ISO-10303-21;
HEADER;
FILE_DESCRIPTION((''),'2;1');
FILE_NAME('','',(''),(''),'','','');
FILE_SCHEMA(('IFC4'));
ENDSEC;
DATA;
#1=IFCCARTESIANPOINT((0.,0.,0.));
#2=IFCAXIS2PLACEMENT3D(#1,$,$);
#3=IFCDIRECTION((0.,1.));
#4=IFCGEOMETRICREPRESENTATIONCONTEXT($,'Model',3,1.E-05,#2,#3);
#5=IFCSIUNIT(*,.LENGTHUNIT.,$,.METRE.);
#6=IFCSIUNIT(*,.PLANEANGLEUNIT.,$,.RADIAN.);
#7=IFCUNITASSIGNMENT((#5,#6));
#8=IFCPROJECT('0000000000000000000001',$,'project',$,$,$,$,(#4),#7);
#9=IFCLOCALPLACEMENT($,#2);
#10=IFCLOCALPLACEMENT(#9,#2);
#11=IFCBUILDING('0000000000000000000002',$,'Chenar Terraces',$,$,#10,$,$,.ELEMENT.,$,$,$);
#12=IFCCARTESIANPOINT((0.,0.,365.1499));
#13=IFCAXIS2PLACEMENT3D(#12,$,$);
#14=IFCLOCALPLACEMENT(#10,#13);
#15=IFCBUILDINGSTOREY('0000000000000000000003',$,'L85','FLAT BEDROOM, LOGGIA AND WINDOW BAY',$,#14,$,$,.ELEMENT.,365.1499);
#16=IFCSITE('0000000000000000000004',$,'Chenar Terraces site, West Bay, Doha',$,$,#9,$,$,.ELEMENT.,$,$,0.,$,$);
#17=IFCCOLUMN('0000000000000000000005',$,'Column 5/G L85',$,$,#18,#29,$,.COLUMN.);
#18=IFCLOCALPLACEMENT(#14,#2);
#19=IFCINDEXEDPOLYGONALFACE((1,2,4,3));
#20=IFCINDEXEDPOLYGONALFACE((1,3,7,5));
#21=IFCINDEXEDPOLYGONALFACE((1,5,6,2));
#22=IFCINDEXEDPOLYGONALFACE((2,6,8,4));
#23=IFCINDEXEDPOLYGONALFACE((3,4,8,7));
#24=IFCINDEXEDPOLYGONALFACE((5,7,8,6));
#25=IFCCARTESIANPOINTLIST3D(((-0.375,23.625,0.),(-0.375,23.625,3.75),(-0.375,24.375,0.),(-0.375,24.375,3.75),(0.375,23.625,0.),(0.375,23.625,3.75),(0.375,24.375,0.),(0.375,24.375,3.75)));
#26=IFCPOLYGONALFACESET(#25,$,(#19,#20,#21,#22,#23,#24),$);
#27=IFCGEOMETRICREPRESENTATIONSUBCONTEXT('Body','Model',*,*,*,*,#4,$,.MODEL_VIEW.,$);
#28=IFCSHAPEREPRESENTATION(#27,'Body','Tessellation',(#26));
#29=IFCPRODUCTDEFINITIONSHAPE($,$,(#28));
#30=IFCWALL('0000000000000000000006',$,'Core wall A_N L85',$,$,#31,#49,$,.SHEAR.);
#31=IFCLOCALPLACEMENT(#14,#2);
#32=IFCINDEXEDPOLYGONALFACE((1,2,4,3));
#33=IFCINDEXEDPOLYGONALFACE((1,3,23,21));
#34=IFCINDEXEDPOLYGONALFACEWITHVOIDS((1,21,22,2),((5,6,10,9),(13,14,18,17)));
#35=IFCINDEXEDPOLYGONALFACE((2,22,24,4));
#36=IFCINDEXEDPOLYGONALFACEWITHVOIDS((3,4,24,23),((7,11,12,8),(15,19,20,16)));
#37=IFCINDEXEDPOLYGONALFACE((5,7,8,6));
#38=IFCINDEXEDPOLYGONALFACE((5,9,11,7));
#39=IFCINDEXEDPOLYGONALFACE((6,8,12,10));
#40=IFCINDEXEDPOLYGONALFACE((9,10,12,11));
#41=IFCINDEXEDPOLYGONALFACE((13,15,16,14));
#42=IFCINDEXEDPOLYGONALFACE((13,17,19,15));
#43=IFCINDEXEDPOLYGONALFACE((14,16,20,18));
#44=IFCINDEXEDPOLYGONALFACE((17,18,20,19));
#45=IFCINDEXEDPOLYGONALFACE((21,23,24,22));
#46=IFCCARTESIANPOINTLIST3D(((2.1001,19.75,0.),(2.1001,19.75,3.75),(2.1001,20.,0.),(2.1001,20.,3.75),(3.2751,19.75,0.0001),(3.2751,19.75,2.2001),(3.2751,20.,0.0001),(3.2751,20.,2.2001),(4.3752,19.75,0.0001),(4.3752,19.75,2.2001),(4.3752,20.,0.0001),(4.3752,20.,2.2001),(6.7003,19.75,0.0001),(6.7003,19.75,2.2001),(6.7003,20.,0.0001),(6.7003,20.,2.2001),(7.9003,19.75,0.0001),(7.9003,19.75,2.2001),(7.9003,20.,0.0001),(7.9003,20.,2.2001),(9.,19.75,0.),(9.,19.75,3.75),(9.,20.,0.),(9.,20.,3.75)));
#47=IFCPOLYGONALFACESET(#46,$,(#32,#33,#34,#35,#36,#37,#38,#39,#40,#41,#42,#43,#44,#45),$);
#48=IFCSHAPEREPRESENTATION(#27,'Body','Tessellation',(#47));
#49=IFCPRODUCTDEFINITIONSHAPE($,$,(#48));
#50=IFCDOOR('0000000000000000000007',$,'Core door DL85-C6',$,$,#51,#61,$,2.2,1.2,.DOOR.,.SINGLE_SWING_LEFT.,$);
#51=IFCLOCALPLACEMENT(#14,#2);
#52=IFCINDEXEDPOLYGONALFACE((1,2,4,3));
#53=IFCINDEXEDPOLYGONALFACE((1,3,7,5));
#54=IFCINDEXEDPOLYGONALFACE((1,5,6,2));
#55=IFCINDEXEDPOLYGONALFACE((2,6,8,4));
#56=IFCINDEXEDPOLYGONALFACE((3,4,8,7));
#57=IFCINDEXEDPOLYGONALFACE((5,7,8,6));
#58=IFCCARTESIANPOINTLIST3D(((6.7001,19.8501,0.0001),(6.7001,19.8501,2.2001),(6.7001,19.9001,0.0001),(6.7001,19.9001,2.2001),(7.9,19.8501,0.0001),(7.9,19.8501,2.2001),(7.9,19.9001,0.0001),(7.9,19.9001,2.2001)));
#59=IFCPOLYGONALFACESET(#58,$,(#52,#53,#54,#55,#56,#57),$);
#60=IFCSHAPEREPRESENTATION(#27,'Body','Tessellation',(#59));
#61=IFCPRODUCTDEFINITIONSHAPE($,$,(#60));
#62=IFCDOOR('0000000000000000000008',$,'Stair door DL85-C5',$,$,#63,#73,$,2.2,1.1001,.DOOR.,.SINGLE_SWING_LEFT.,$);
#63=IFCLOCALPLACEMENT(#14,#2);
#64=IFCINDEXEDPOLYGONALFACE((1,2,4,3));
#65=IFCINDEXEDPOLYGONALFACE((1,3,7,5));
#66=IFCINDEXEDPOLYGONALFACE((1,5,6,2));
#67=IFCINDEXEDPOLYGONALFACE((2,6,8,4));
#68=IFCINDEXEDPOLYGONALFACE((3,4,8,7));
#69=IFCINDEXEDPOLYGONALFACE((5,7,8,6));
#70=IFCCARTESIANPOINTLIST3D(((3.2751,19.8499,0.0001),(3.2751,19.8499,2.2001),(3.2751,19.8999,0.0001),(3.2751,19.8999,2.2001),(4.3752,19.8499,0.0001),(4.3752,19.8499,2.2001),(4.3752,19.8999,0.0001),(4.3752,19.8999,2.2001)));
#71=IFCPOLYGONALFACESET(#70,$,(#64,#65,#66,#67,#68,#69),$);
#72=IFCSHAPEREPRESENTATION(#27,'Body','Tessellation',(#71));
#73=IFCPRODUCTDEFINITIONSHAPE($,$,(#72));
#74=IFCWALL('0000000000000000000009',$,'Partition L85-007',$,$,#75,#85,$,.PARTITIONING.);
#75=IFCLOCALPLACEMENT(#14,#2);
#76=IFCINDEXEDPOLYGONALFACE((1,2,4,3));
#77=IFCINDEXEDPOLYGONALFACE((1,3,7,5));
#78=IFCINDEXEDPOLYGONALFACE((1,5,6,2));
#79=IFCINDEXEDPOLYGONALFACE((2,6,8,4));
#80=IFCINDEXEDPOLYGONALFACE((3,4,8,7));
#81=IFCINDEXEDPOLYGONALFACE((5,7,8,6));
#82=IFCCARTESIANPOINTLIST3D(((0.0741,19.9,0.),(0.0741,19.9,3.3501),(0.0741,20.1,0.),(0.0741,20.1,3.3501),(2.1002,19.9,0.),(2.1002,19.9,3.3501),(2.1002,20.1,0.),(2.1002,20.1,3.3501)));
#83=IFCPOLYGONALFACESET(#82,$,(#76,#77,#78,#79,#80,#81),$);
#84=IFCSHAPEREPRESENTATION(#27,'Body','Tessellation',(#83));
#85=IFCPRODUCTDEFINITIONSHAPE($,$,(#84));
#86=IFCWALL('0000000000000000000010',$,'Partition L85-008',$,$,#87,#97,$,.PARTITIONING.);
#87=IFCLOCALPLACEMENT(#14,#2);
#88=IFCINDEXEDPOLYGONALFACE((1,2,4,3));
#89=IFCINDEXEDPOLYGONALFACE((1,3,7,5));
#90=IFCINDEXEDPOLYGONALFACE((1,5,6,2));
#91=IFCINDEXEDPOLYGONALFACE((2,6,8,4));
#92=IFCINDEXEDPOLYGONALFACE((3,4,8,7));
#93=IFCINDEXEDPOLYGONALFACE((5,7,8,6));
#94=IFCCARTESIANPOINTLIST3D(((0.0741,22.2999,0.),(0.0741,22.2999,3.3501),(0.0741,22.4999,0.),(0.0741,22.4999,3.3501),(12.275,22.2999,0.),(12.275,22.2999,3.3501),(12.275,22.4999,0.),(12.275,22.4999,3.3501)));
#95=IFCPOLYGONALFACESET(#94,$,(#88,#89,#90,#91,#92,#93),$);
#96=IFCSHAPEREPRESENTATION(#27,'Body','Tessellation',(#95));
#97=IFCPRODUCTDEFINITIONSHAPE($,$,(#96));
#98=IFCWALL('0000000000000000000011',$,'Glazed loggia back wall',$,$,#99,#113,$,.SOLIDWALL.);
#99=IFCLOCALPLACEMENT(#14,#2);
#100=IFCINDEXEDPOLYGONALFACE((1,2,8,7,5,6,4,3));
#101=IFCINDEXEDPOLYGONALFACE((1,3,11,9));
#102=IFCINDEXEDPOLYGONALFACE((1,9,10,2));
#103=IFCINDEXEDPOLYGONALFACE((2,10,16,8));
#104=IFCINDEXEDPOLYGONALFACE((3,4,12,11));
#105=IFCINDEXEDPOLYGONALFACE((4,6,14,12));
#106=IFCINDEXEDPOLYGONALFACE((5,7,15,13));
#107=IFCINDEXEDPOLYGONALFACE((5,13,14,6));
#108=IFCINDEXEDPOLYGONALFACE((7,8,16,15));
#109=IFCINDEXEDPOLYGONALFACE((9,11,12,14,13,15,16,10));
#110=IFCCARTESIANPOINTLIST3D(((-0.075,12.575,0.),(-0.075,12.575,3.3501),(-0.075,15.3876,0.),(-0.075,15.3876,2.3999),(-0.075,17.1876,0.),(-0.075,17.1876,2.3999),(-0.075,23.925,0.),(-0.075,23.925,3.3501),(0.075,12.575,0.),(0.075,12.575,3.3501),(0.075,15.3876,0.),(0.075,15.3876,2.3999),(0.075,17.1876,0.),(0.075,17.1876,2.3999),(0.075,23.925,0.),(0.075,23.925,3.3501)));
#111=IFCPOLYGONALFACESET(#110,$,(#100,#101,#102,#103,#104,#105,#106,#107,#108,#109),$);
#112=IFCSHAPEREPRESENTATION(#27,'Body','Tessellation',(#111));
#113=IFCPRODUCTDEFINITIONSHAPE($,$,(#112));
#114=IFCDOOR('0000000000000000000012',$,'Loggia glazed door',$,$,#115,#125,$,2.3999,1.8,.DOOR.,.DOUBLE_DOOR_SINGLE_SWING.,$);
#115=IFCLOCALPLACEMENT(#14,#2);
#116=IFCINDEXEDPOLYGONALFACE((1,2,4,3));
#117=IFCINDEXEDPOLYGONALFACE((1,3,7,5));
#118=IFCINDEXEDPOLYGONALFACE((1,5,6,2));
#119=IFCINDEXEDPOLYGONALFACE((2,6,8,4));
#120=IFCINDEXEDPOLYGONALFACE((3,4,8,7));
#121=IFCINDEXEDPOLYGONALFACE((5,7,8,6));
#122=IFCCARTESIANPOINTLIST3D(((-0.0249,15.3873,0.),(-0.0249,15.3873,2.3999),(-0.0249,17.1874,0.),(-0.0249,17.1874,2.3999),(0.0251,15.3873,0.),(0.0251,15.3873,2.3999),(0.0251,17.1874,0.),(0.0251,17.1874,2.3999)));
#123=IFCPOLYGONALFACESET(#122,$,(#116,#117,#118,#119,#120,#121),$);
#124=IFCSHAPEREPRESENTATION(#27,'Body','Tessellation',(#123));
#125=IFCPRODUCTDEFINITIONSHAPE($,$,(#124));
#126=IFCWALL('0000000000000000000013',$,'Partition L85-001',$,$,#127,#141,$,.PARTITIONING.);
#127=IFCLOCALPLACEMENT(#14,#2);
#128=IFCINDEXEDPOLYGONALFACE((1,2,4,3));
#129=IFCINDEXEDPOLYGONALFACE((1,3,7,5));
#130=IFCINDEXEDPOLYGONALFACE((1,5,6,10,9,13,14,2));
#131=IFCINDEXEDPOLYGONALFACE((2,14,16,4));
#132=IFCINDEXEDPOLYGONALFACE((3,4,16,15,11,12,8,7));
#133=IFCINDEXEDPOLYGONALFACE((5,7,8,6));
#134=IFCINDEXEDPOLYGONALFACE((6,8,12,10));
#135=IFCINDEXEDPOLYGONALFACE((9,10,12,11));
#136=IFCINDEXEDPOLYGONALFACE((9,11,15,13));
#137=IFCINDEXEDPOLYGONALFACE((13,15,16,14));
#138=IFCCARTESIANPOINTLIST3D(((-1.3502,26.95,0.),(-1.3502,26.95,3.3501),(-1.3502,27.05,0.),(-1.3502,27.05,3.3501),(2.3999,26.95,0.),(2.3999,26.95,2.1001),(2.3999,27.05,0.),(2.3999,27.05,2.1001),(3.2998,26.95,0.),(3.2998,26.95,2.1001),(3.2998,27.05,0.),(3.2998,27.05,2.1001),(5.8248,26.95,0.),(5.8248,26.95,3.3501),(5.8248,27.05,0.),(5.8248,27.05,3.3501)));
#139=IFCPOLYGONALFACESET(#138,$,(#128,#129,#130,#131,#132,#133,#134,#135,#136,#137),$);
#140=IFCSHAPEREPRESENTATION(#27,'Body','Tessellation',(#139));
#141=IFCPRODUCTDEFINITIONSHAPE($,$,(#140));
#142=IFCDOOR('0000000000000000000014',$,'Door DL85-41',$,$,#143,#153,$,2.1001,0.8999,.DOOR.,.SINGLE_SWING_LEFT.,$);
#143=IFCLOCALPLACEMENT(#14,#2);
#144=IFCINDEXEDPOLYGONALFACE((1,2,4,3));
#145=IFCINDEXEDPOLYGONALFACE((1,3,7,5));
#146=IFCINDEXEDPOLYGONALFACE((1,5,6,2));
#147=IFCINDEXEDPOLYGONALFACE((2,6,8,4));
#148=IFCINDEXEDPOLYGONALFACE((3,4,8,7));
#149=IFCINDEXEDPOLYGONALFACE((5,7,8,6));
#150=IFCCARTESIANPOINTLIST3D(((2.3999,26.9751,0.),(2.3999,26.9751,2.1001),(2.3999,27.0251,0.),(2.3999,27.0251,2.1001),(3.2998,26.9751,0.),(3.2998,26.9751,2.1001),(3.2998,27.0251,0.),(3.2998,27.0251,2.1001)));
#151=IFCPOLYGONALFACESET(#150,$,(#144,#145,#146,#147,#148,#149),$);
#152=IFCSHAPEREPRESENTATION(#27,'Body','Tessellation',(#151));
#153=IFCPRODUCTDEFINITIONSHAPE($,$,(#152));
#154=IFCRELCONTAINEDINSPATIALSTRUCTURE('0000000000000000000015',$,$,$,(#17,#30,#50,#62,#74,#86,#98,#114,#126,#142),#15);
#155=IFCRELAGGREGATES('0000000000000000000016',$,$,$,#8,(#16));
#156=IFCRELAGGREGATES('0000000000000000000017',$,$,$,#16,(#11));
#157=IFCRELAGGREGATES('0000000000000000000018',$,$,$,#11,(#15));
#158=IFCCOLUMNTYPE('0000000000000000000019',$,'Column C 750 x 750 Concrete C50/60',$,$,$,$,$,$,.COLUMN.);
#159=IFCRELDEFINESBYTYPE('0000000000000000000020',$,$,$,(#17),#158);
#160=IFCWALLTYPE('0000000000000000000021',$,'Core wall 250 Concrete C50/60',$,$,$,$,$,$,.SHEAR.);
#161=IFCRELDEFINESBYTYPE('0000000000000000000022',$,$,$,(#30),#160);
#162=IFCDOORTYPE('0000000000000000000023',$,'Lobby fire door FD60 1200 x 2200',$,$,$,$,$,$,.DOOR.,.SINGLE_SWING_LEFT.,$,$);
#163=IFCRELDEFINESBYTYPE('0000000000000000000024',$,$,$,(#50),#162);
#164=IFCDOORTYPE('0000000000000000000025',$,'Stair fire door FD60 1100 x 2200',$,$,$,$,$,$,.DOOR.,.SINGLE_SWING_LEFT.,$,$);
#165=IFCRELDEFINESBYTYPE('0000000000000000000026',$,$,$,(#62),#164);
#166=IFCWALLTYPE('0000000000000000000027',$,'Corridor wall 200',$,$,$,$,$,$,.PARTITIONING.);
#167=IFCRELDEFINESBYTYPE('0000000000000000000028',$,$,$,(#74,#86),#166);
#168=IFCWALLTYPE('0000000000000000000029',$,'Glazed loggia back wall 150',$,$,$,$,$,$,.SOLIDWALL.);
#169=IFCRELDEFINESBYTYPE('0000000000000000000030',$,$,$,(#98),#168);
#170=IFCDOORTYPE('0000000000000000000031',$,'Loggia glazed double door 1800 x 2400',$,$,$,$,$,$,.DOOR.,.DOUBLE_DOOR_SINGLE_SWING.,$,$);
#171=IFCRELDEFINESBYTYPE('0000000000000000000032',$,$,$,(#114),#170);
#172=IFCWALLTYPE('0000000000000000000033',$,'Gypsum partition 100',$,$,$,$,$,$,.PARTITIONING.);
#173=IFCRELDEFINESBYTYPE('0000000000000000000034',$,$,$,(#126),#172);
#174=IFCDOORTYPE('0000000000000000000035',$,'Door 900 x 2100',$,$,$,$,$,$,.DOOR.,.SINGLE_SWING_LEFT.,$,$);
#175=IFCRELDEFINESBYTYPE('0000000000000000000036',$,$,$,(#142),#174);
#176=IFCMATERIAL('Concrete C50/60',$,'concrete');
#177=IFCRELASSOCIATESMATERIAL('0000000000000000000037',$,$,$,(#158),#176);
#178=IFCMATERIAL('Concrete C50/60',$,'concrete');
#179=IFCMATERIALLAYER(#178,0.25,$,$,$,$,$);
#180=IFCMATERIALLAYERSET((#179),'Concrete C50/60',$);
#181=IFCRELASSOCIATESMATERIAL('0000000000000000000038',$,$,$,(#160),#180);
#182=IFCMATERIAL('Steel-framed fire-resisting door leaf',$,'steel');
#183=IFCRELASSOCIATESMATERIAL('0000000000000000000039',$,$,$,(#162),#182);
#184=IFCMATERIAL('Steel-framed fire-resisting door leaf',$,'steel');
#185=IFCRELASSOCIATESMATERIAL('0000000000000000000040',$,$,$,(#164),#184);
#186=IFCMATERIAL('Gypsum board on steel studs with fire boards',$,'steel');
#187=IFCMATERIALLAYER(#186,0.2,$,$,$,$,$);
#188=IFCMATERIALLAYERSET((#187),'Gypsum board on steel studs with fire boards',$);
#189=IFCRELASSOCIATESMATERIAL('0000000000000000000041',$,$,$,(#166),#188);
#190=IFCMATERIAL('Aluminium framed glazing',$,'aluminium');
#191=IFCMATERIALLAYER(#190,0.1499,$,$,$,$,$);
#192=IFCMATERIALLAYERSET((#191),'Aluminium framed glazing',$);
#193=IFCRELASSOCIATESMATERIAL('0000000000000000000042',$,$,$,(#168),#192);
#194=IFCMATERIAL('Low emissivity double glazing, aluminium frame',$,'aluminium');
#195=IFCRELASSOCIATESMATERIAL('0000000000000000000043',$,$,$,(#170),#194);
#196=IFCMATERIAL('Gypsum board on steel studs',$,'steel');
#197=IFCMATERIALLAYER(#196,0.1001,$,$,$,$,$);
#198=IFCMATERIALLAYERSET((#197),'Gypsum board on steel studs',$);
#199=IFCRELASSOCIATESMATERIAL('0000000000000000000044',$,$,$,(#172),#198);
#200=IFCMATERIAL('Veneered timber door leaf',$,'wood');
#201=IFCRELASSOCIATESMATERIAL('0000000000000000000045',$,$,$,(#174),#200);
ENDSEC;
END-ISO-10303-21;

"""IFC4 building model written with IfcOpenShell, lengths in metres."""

from ifc_helpers import new_model, si_unit, direction, frame, frame_2d, origin, origin_2d, place, context, subcontext, project, spatial, rectangle, extrude, material, layer, layer_set, material_profile, profile_set, type_object, element, fill, save


model = new_model("IFC4")

# Units and contexts
model_context = context("Model", 3, precision=1e-05, world=origin(), true_north=direction((0.0, 1.0)))
body_context = subcontext(model_context, "Body", "Model", "MODEL_VIEW")
ifc_project = project(units=[si_unit("LENGTHUNIT", "METRE"), si_unit("PLANEANGLEUNIT", "RADIAN")], contexts=[model_context])

# Site, building, storey
site_placement = place(None, origin())
site = spatial("IfcSite", under=ifc_project, at=site_placement, Name="Chenar Terraces site, West Bay, Doha", CompositionType="ELEMENT", RefElevation=0.0)
building_placement = place(site_placement, origin())
building = spatial("IfcBuilding", under=site, at=building_placement, Name="Chenar Terraces", CompositionType="ELEMENT")
storey_placement = place(building_placement, frame((0.0, 0.0, 365.1499)))
storey = spatial("IfcBuildingStorey", under=building, at=storey_placement, Name="L85", Description="FLAT BEDROOM, LOGGIA AND WINDOW BAY", CompositionType="ELEMENT", Elevation=365.1499)

# Column
ifc_material_1 = material(Name="Concrete C50/60", Category="concrete")
ifc_material_profile = material_profile(ifc_material_1, rectangle(XDim=0.75, YDim=0.75, at=origin_2d()), Name="C 750 x 750")
ifc_profile_set = profile_set([ifc_material_profile], Name="Concrete C50/60")
column_type = type_object("IfcColumnType", Name="Column C 750 x 750 Concrete C50/60", PredefinedType="COLUMN", material=ifc_profile_set)
column_placement = place(storey_placement, frame((0.0, 24.0, 0.0), z_axis=(0.0, 0.0, 1.0), x_axis=(1.0, 0.0, 0.0)))
element("IfcColumn", 1, at=column_placement, inside=storey, type_object=column_type, Name="Column 5/G L85", PredefinedType="COLUMN", context=body_context, shape_type="SweptSolid", body=[
    extrude(rectangle(XDim=0.75, YDim=0.75, at=origin_2d()), origin(), (0.0, 0.0, 1.0), 3.75),
])

# Wall, openings, doors
ifc_material_2 = material(Name="Concrete C50/60", Category="concrete")
ifc_layer_1 = layer(ifc_material_2, 0.25)
ifc_layer_set_1 = layer_set([ifc_layer_1], Name="Concrete C50/60")
wall_type_1 = type_object("IfcWallType", Name="Core wall 250 Concrete C50/60", PredefinedType="SHEAR", material=ifc_layer_set_1)
wall_1_placement = place(storey_placement, frame((2.1001, 19.875, 0.0), z_axis=(0.0, 0.0, 1.0), x_axis=(1.0, 0.0, 0.0)))
wall_1 = element("IfcWall", 2, at=wall_1_placement, inside=storey, type_object=wall_type_1, Name="Core wall A_N L85", PredefinedType="SHEAR", context=body_context, shape_type="SweptSolid", body=[
    extrude(rectangle(XDim=6.8999, YDim=0.25, at=frame_2d((3.45, 0.0))), origin(), (0.0, 0.0, 1.0), 3.75),
])
opening_1_placement = place(wall_1_placement, frame((1.175, 0.0, 0.0)))
opening_1 = element("IfcOpeningElement", 3, at=opening_1_placement, cuts=wall_1, PredefinedType="OPENING", context=body_context, shape_type="SweptSolid", body=[
    extrude(rectangle(XDim=1.1001, YDim=2.2, at=frame_2d((0.55, 1.1001))), frame((0.0, 0.135, 0.0), z_axis=(0.0, -1.0, 0.0), x_axis=(1.0, 0.0, 0.0)), (0.0, 0.0, 1.0), 0.27),
])
opening_2_placement = place(wall_1_placement, frame((4.6001, 0.0, 0.0)))
opening_2 = element("IfcOpeningElement", 4, at=opening_2_placement, cuts=wall_1, PredefinedType="OPENING", context=body_context, shape_type="SweptSolid", body=[
    extrude(rectangle(XDim=1.2, YDim=2.2, at=frame_2d((0.6001, 1.1001))), frame((0.0, 0.135, 0.0), z_axis=(0.0, -1.0, 0.0), x_axis=(1.0, 0.0, 0.0)), (0.0, 0.0, 1.0), 0.27),
])
ifc_material_3 = material(Name="Steel-framed fire-resisting door leaf", Category="steel")
door_type_1 = type_object("IfcDoorType", Name="Lobby fire door FD60 1200 x 2200", OperationType="SINGLE_SWING_LEFT", PredefinedType="DOOR", material=ifc_material_3)
door_1_placement = place(opening_2_placement, frame((1.2, 0.0, 0.0), z_axis=(0.0, 0.0, 1.0), x_axis=(-1.0, 0.0, 0.0)))
door_1 = element("IfcDoor", 5, at=door_1_placement, inside=storey, type_object=door_type_1, Name="Core door DL85-C6", OperationType="SINGLE_SWING_LEFT", OverallHeight=2.2, OverallWidth=1.2, PredefinedType="DOOR", context=body_context, shape_type="SweptSolid", body=[
    extrude(rectangle(XDim=1.2, YDim=2.2, at=frame_2d((0.6001, 1.1001))), frame((0.0, 0.0249, 0.0), z_axis=(0.0, -1.0, 0.0), x_axis=(1.0, 0.0, 0.0)), (0.0, 0.0, 1.0), 0.05),
])
fill(opening_2, door_1)
ifc_material_4 = material(Name="Steel-framed fire-resisting door leaf", Category="steel")
door_type_2 = type_object("IfcDoorType", Name="Stair fire door FD60 1100 x 2200", OperationType="SINGLE_SWING_LEFT", PredefinedType="DOOR", material=ifc_material_4)
door_2_placement = place(opening_1_placement, origin())
door_2 = element("IfcDoor", 6, at=door_2_placement, inside=storey, type_object=door_type_2, Name="Stair door DL85-C5", OperationType="SINGLE_SWING_LEFT", OverallHeight=2.2, OverallWidth=1.1001, PredefinedType="DOOR", context=body_context, shape_type="SweptSolid", body=[
    extrude(rectangle(XDim=1.1001, YDim=2.2, at=frame_2d((0.55, 1.1001))), frame((0.0, 0.0249, 0.0), z_axis=(0.0, -1.0, 0.0), x_axis=(1.0, 0.0, 0.0)), (0.0, 0.0, 1.0), 0.05),
])
fill(opening_1, door_2)

# Walls
ifc_material_5 = material(Name="Gypsum board on steel studs with fire boards", Category="steel")
ifc_layer_2 = layer(ifc_material_5, 0.2)
ifc_layer_set_2 = layer_set([ifc_layer_2], Name="Gypsum board on steel studs with fire boards")
wall_type_2 = type_object("IfcWallType", Name="Corridor wall 200", PredefinedType="PARTITIONING", material=ifc_layer_set_2)
wall_2_placement = place(storey_placement, frame((0.074, 20.0, 0.0), z_axis=(0.0, 0.0, 1.0), x_axis=(1.0, 0.0, 0.0)))
element("IfcWall", 7, at=wall_2_placement, inside=storey, type_object=wall_type_2, Name="Partition L85-007", PredefinedType="PARTITIONING", context=body_context, shape_type="SweptSolid", body=[
    extrude(rectangle(XDim=2.0261, YDim=0.2, at=frame_2d((1.0132, 0.0))), origin(), (0.0, 0.0, 1.0), 3.3501),
])
wall_3_placement = place(storey_placement, frame((0.074, 22.3999, 0.0), z_axis=(0.0, 0.0, 1.0), x_axis=(1.0, 0.0, 0.0)))
element("IfcWall", 8, at=wall_3_placement, inside=storey, type_object=wall_type_2, Name="Partition L85-008", PredefinedType="PARTITIONING", context=body_context, shape_type="SweptSolid", body=[
    extrude(rectangle(XDim=12.2009, YDim=0.2, at=frame_2d((6.1006, 0.0))), origin(), (0.0, 0.0, 1.0), 3.3501),
])

# Walls, openings, doors
ifc_material_6 = material(Name="Aluminium framed glazing", Category="aluminium")
ifc_layer_3 = layer(ifc_material_6, 0.1499)
ifc_layer_set_3 = layer_set([ifc_layer_3], Name="Aluminium framed glazing")
wall_type_3 = type_object("IfcWallType", Name="Glazed loggia back wall 150", PredefinedType="SOLIDWALL", material=ifc_layer_set_3)
wall_4_placement = place(storey_placement, frame((0.0, 23.925, 0.0), z_axis=(0.0, 0.0, 1.0), x_axis=(0.0, -1.0, 0.0)))
wall_4 = element("IfcWall", 9, at=wall_4_placement, inside=storey, type_object=wall_type_3, Name="Glazed loggia back wall", PredefinedType="SOLIDWALL", context=body_context, shape_type="SweptSolid", body=[
    extrude(rectangle(XDim=11.3501, YDim=0.1499, at=frame_2d((5.675, 0.0))), origin(), (0.0, 0.0, 1.0), 3.3501),
])
opening_3_placement = place(wall_4_placement, frame((6.7375, 0.0, 0.0)))
opening_3 = element("IfcOpeningElement", 10, at=opening_3_placement, cuts=wall_4, PredefinedType="OPENING", context=body_context, shape_type="SweptSolid", body=[
    extrude(rectangle(XDim=1.8, YDim=2.3999, at=frame_2d((0.8999, 1.2))), frame((0.0, 0.085, 0.0), z_axis=(0.0, -1.0, 0.0), x_axis=(1.0, 0.0, 0.0)), (0.0, 0.0, 1.0), 0.1699),
])
ifc_material_7 = material(Name="Low emissivity double glazing, aluminium frame", Category="aluminium")
door_type_3 = type_object("IfcDoorType", Name="Loggia glazed double door 1800 x 2400", OperationType="DOUBLE_DOOR_SINGLE_SWING", PredefinedType="DOOR", material=ifc_material_7)
door_3_placement = place(opening_3_placement, frame((1.8, 0.0, 0.0), z_axis=(0.0, 0.0, 1.0), x_axis=(-1.0, 0.0, 0.0)))
door_3 = element("IfcDoor", 11, at=door_3_placement, inside=storey, type_object=door_type_3, Name="Loggia glazed door", OperationType="DOUBLE_DOOR_SINGLE_SWING", OverallHeight=2.3999, OverallWidth=1.8, PredefinedType="DOOR", context=body_context, shape_type="SweptSolid", body=[
    extrude(rectangle(XDim=1.8, YDim=2.3999, at=frame_2d((0.8999, 1.2))), frame((0.0, 0.0249, 0.0), z_axis=(0.0, -1.0, 0.0), x_axis=(1.0, 0.0, 0.0)), (0.0, 0.0, 1.0), 0.05),
])
fill(opening_3, door_3)
ifc_material_8 = material(Name="Gypsum board on steel studs", Category="steel")
ifc_layer_4 = layer(ifc_material_8, 0.1001)
ifc_layer_set_4 = layer_set([ifc_layer_4], Name="Gypsum board on steel studs")
wall_type_4 = type_object("IfcWallType", Name="Gypsum partition 100", PredefinedType="PARTITIONING", material=ifc_layer_set_4)
wall_5_placement = place(storey_placement, frame((-1.3501, 27.0, 0.0), z_axis=(0.0, 0.0, 1.0), x_axis=(1.0, 0.0, 0.0)))
wall_5 = element("IfcWall", 12, at=wall_5_placement, inside=storey, type_object=wall_type_4, Name="Partition L85-001", PredefinedType="PARTITIONING", context=body_context, shape_type="SweptSolid", body=[
    extrude(rectangle(XDim=7.175, YDim=0.1001, at=frame_2d((3.5874, 0.0))), origin(), (0.0, 0.0, 1.0), 3.3501),
])
opening_4_placement = place(wall_5_placement, frame((3.75, 0.0, 0.0)))
opening_4 = element("IfcOpeningElement", 13, at=opening_4_placement, cuts=wall_5, PredefinedType="OPENING", context=body_context, shape_type="SweptSolid", body=[
    extrude(rectangle(XDim=0.8999, YDim=2.1001, at=frame_2d((0.45, 1.05))), frame((0.0, 0.0601, 0.0), z_axis=(0.0, -1.0, 0.0), x_axis=(1.0, 0.0, 0.0)), (0.0, 0.0, 1.0), 0.1201),
])
ifc_material_9 = material(Name="Veneered timber door leaf", Category="wood")
door_type_4 = type_object("IfcDoorType", Name="Door 900 x 2100", OperationType="SINGLE_SWING_LEFT", PredefinedType="DOOR", material=ifc_material_9)
door_4_placement = place(opening_4_placement, frame((0.8999, 0.0, 0.0), z_axis=(0.0, 0.0, 1.0), x_axis=(-1.0, 0.0, 0.0)))
door_4 = element("IfcDoor", 14, at=door_4_placement, inside=storey, type_object=door_type_4, Name="Door DL85-41", OperationType="SINGLE_SWING_LEFT", OverallHeight=2.1001, OverallWidth=0.8999, PredefinedType="DOOR", context=body_context, shape_type="SweptSolid", body=[
    extrude(rectangle(XDim=0.8999, YDim=2.1001, at=frame_2d((0.45, 1.05))), frame((0.0, 0.0249, 0.0), z_axis=(0.0, -1.0, 0.0), x_axis=(1.0, 0.0, 0.0)), (0.0, 0.0, 1.0), 0.05),
])
fill(opening_4, door_4)

save(model, "model.ifc")
